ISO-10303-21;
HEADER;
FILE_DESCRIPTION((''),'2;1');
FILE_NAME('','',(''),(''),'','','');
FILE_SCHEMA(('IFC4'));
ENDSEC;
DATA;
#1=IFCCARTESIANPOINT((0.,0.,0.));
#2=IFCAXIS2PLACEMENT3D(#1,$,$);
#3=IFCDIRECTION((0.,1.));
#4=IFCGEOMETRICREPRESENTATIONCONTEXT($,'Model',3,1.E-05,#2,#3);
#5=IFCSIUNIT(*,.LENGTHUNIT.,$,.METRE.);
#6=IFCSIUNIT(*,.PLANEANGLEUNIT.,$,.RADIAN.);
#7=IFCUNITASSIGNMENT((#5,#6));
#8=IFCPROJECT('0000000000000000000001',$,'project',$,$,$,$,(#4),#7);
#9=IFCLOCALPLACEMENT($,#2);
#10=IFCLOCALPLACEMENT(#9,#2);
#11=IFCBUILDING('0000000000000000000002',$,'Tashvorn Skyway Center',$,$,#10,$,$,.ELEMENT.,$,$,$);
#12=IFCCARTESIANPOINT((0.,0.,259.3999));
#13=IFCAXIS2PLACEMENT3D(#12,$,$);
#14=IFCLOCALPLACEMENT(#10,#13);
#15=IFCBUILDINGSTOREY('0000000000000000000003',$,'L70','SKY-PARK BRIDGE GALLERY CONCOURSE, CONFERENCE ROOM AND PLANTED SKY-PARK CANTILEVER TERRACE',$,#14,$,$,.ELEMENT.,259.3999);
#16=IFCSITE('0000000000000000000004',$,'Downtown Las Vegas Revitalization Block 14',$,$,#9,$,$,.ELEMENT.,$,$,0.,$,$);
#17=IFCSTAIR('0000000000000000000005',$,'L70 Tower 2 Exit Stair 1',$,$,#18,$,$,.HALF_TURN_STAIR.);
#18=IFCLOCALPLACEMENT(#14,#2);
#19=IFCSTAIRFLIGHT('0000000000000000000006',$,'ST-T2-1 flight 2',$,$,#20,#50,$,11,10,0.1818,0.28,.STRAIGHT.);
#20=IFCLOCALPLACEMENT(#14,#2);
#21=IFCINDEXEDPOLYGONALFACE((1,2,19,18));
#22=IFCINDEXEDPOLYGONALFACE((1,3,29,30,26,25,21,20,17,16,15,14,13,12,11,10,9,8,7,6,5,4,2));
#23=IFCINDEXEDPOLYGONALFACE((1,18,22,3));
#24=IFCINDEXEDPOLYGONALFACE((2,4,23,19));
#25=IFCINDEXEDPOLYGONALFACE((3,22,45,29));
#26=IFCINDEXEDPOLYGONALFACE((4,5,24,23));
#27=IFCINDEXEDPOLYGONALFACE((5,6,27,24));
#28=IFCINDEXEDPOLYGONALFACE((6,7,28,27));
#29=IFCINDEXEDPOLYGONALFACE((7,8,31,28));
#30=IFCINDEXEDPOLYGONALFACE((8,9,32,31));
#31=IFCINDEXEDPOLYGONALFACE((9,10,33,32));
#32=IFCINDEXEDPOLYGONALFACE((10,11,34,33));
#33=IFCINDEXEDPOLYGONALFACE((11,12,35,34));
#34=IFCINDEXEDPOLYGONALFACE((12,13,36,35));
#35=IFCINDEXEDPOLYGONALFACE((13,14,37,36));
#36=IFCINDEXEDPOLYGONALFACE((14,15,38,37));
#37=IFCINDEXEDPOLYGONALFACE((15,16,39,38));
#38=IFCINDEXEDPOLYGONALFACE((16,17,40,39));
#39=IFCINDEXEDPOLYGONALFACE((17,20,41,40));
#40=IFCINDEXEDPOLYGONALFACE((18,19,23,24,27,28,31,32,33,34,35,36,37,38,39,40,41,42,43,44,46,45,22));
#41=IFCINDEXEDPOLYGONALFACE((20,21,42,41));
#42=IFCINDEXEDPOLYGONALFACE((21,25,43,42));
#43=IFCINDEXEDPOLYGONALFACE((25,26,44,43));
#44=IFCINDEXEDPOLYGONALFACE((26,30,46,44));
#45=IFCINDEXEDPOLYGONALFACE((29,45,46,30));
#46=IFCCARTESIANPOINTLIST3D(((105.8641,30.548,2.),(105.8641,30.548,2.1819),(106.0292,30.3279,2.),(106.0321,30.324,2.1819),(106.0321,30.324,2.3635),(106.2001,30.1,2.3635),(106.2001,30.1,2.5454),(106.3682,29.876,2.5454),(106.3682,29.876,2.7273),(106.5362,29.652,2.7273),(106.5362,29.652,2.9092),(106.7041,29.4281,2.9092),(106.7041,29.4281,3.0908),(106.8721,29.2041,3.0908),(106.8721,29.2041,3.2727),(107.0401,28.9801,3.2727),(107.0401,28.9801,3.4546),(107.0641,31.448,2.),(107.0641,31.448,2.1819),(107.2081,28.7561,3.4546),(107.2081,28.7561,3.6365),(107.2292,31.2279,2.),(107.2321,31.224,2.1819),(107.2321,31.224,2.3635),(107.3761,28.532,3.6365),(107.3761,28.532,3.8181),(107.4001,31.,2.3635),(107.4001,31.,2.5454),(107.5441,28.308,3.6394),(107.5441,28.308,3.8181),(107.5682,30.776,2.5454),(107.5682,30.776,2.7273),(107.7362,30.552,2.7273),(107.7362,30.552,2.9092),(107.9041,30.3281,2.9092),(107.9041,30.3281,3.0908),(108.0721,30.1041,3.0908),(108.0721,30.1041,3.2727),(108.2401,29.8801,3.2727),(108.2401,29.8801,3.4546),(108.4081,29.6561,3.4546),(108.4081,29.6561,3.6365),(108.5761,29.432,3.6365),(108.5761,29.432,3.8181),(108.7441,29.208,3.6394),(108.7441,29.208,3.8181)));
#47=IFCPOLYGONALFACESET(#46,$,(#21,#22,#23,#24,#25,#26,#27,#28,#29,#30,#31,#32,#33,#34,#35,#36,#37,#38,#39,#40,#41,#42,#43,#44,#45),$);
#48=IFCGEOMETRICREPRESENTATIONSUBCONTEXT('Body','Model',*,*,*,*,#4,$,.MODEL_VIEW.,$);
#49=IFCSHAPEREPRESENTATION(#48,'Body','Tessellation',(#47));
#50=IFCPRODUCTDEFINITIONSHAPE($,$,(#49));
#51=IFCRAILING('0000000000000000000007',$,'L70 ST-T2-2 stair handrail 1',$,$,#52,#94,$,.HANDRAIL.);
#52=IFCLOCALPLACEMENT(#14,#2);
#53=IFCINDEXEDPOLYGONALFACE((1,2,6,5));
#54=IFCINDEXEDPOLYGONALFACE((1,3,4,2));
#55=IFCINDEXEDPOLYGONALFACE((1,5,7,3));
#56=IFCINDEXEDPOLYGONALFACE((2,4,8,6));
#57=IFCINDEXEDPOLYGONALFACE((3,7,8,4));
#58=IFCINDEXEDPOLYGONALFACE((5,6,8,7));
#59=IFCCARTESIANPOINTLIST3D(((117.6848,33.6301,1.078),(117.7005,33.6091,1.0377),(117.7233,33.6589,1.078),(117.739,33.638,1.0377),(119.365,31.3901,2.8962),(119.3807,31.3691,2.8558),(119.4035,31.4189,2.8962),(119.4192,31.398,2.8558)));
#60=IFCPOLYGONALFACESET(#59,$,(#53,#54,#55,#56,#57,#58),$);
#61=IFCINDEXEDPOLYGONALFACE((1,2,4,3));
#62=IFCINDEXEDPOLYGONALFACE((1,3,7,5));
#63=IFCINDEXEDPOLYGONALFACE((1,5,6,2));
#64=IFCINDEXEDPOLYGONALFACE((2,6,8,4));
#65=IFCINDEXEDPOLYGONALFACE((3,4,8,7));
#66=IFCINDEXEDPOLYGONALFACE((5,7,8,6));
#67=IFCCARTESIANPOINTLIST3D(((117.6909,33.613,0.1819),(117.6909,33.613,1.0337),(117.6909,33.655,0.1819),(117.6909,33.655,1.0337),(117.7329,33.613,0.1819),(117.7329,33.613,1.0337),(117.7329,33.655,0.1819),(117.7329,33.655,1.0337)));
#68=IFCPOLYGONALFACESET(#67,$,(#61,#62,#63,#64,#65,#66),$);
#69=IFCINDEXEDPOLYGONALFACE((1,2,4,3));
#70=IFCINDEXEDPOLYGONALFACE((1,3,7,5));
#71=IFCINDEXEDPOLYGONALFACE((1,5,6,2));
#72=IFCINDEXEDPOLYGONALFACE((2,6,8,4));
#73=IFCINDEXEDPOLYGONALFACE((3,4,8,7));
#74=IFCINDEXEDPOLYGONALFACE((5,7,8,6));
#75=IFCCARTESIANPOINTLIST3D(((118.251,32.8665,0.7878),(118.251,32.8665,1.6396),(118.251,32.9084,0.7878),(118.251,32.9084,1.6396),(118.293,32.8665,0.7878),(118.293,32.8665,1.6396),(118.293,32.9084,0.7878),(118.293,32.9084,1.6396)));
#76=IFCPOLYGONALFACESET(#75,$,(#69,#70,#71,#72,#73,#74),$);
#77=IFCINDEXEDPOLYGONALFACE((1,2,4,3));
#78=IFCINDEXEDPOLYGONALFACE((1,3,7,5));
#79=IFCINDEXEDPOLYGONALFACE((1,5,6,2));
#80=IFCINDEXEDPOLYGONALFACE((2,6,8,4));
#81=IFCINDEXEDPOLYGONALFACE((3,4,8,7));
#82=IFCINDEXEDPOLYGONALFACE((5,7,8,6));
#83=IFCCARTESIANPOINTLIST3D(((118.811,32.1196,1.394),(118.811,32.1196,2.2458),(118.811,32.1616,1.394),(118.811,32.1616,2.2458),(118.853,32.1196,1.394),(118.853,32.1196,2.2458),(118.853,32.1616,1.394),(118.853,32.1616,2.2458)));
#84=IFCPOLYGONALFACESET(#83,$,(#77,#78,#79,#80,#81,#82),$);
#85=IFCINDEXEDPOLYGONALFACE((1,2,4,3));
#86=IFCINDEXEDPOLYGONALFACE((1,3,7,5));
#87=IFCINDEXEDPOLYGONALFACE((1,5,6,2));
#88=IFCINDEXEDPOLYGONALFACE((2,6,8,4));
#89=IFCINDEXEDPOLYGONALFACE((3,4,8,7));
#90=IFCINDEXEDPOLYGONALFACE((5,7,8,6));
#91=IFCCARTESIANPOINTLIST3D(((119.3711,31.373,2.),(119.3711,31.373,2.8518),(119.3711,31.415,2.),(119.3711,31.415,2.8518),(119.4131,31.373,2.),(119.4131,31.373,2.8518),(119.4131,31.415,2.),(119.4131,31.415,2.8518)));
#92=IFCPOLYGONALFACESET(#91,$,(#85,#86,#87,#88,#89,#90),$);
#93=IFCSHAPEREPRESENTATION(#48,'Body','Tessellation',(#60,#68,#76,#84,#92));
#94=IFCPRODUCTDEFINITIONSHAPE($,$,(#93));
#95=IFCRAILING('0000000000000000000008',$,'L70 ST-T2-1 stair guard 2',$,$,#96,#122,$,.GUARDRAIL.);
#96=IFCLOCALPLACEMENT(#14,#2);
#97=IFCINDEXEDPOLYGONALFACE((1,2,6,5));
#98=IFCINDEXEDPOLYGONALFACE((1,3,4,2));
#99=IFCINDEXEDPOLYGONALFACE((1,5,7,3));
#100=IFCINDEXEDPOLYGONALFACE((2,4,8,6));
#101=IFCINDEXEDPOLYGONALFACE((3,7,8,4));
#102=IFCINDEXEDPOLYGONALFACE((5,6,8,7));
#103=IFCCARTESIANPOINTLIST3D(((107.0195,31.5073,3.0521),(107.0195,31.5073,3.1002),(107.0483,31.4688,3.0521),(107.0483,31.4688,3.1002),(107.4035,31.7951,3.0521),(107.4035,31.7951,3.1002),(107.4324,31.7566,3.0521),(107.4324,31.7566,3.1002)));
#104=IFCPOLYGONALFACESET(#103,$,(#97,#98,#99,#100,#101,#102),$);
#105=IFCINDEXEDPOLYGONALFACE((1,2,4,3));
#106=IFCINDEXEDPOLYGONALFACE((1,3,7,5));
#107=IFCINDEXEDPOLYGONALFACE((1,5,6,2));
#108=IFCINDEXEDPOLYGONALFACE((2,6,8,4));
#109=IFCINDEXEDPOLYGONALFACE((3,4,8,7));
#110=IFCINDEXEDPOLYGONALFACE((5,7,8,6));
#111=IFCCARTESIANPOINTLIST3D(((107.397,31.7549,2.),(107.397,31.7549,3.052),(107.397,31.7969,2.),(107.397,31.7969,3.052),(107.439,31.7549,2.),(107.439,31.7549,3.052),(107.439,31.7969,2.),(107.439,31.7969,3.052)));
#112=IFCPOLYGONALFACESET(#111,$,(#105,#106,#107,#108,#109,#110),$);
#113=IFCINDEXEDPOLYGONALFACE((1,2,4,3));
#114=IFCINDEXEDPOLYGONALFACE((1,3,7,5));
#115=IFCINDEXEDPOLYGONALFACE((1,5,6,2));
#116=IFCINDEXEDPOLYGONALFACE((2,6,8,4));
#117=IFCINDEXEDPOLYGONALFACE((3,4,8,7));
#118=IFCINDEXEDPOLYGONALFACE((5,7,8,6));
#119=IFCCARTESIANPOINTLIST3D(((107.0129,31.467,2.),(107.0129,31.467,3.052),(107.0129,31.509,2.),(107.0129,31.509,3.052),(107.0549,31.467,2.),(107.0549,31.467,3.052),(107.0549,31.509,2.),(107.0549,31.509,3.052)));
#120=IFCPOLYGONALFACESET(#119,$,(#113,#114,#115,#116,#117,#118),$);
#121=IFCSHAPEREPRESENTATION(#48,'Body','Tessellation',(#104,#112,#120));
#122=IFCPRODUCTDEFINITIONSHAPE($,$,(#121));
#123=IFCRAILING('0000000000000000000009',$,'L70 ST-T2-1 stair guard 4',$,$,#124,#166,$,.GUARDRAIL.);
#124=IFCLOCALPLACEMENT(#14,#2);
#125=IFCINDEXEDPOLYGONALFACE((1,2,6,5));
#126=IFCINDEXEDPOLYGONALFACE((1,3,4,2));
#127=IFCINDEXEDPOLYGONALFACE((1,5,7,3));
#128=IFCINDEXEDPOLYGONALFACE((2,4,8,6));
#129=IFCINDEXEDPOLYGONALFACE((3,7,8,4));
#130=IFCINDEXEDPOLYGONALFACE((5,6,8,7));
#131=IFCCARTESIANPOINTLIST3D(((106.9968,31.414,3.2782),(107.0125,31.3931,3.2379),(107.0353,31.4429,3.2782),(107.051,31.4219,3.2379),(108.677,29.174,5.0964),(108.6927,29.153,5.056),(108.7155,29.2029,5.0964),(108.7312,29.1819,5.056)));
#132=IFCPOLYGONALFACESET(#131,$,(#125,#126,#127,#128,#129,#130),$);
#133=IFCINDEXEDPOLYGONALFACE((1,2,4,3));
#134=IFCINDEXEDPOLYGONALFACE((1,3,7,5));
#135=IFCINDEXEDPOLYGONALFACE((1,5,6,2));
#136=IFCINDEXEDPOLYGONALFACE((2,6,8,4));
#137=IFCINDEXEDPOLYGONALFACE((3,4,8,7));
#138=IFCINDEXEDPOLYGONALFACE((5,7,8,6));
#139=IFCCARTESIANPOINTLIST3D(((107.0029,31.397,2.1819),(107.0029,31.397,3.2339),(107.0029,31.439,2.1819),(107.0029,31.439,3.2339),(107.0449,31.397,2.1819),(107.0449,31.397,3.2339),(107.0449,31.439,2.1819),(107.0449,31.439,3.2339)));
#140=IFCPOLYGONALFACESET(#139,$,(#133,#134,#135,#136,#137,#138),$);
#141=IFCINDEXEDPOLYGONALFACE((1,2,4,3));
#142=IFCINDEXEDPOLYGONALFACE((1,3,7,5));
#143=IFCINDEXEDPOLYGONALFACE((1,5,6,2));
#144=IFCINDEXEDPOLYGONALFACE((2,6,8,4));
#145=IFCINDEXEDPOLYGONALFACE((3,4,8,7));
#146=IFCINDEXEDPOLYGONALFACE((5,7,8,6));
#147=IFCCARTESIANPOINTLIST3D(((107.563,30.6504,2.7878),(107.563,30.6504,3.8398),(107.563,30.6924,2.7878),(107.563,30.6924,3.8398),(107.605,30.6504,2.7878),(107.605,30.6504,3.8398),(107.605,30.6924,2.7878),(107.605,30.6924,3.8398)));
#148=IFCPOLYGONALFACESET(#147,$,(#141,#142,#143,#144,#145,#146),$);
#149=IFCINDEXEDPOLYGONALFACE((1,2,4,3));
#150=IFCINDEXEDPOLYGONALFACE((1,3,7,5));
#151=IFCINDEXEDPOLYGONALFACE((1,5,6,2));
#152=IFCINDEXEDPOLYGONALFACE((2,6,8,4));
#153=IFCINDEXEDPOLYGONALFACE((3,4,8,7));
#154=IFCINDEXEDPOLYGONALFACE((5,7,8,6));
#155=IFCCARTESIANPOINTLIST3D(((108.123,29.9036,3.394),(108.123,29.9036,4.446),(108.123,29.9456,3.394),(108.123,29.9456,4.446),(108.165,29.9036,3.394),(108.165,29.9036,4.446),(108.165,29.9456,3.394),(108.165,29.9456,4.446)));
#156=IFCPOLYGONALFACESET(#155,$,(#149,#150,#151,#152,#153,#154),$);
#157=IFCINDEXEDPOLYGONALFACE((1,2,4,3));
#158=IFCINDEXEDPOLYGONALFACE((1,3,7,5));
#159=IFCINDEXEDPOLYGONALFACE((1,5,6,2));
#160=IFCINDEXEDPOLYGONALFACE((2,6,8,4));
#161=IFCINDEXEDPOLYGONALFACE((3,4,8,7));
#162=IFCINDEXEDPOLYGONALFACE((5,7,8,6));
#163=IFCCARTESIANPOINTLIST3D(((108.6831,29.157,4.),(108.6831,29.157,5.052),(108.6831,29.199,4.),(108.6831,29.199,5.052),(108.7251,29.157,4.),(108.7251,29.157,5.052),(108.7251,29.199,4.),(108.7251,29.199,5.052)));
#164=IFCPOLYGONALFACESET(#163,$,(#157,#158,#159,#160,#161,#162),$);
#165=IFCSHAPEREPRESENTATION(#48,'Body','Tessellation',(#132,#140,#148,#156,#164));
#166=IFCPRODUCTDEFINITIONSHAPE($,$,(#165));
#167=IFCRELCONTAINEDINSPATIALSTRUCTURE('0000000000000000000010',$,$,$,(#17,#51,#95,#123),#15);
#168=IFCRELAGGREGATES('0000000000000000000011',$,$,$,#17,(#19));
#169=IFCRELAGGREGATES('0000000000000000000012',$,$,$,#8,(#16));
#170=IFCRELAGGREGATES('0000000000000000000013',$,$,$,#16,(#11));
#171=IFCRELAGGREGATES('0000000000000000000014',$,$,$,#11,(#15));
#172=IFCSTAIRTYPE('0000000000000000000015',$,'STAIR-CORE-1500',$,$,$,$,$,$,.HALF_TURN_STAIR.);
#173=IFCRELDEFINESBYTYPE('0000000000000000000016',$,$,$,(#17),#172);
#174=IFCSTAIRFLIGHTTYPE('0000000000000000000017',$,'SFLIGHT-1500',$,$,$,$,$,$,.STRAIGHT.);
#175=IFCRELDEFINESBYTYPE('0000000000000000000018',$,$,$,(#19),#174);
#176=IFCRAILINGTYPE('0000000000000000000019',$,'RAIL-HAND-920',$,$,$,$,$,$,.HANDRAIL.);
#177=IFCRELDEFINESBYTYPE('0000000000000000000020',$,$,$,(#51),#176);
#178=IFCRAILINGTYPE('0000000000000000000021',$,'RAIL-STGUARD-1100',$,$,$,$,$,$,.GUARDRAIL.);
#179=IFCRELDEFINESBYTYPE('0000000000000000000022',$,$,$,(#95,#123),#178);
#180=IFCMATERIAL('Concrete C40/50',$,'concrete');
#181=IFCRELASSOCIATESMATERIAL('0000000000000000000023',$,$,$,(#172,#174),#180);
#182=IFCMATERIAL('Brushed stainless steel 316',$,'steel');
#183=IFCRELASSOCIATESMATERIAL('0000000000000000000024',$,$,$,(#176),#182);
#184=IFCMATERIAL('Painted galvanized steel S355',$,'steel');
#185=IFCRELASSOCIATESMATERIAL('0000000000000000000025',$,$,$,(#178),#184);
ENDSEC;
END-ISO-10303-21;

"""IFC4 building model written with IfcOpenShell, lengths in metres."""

from ifc_helpers import new_model, si_unit, direction, frame, origin, origin_2d, place, context, subcontext, project, spatial, polyline, rectangle, outline, extrude, material, type_object, element, aggregate, save


model = new_model("IFC4")

# Units and contexts
model_context = context("Model", 3, precision=1e-05, world=origin(), true_north=direction((0.0, 1.0)))
body_context = subcontext(model_context, "Body", "Model", "MODEL_VIEW")
ifc_project = project(units=[si_unit("LENGTHUNIT", "METRE"), si_unit("PLANEANGLEUNIT", "RADIAN")], contexts=[model_context])

# Site, building, storey
site_placement = place(None, origin())
site = spatial("IfcSite", under=ifc_project, at=site_placement, Name="Downtown Las Vegas Revitalization Block 14", CompositionType="ELEMENT", RefElevation=0.0)
building_placement = place(site_placement, origin())
building = spatial("IfcBuilding", under=site, at=building_placement, Name="Tashvorn Skyway Center", CompositionType="ELEMENT")
storey_placement = place(building_placement, frame((0.0, 0.0, 259.3999)))
storey = spatial("IfcBuildingStorey", under=building, at=storey_placement, Name="L70", Description="SKY-PARK BRIDGE GALLERY CONCOURSE, CONFERENCE ROOM AND PLANTED SKY-PARK CANTILEVER TERRACE", CompositionType="ELEMENT", Elevation=259.3999)

# Shared definitions
ifc_material_1 = material(Name="Concrete C40/50", Category="concrete")

# Stair, stair flight
stair_type = type_object("IfcStairType", Name="STAIR-CORE-1500", PredefinedType="HALF_TURN_STAIR", material=ifc_material_1)
stair_placement = place(storey_placement, origin())
stair = element("IfcStair", 1, at=stair_placement, inside=storey, type_object=stair_type, Name="L70 Tower 2 Exit Stair 1", PredefinedType="HALF_TURN_STAIR")
stair_flight_type = type_object("IfcStairFlightType", Name="SFLIGHT-1500", PredefinedType="STRAIGHT", material=ifc_material_1)
stair_flight_placement = place(storey_placement, frame((106.4641, 30.998, 2.0), z_axis=(0.0, 0.0, 1.0), x_axis=(0.6, -0.8, 0.0)))
stair_flight = element("IfcStairFlight", 2, at=stair_flight_placement, type_object=stair_flight_type, Name="ST-T2-1 flight 2", NumberOfRisers=11, NumberOfTreads=10, PredefinedType="STRAIGHT", RiserHeight=0.1818, TreadLength=0.28, context=body_context, shape_type="SweptSolid", body=[
    extrude(outline(polyline([(0.0, 0.0), (0.0, 0.1819), (0.28, 0.1819), (0.28, 0.3635), (0.5601, 0.3635), (0.5601, 0.5454), (0.8401, 0.5454), (0.8401, 0.7273), (1.1201, 0.7273), (1.1201, 0.9092), (1.3999, 0.9092), (1.3999, 1.0908), (1.6799, 1.0908), (1.6799, 1.2727), (1.96, 1.2727), (1.96, 1.4546), (2.24, 1.4546), (2.24, 1.6365), (2.52, 1.6365), (2.52, 1.8181), (2.8, 1.8181), (2.8, 2.0), (2.8, 1.6394), (0.2751, 0.0), (0.0, 0.0)])), frame((0.0, 0.75, 0.0), z_axis=(0.0, -1.0, 0.0), x_axis=(1.0, 0.0, 0.0)), (0.0, 0.0, 1.0), 1.5),
])
aggregate(stair, [stair_flight])

# Railings
ifc_material_2 = material(Name="Brushed stainless steel 316", Category="steel")
railing_type_1 = type_object("IfcRailingType", Name="RAIL-HAND-920", PredefinedType="HANDRAIL", material=ifc_material_2)
railing_1_placement = place(storey_placement, frame((117.7119, 33.634, 0.1819)))
element("IfcRailing", 3, at=railing_1_placement, inside=storey, type_object=railing_type_1, Name="L70 ST-T2-2 stair handrail 1", PredefinedType="HANDRAIL", context=body_context, shape_type="SweptSolid", body=[
    extrude(rectangle(XDim=0.0481, YDim=0.0481, at=origin_2d()), frame((0.0, 0.0, 0.876), z_axis=(0.503261, -0.670942, 0.544578), x_axis=(0.799969, 0.600042, 0.0)), (0.0, 0.0, 1.0), 3.3386),
    extrude(rectangle(XDim=0.042, YDim=0.042, at=origin_2d()), origin(), (0.0, 0.0, 1.0), 0.8518),
    extrude(rectangle(XDim=0.042, YDim=0.042, at=origin_2d()), frame((0.5601, -0.7466, 0.606)), (0.0, 0.0, 1.0), 0.8518),
    extrude(rectangle(XDim=0.042, YDim=0.042, at=origin_2d()), frame((1.1201, -1.4934, 1.2122)), (0.0, 0.0, 1.0), 0.8518),
    extrude(rectangle(XDim=0.042, YDim=0.042, at=origin_2d()), frame((1.6802, -2.24, 1.8181)), (0.0, 0.0, 1.0), 0.8518),
])
ifc_material_3 = material(Name="Painted galvanized steel S355", Category="steel")
railing_type_2 = type_object("IfcRailingType", Name="RAIL-STGUARD-1100", PredefinedType="GUARDRAIL", material=ifc_material_3)
railing_2_placement = place(storey_placement, frame((107.418, 31.7759, 2.0)))
element("IfcRailing", 4, at=railing_2_placement, inside=storey, type_object=railing_type_2, Name="L70 ST-T2-1 stair guard 2", PredefinedType="GUARDRAIL", context=body_context, shape_type="SweptSolid", body=[
    extrude(rectangle(XDim=0.0481, YDim=0.0481, at=origin_2d()), frame((0.0, 0.0, 1.0762), z_axis=(-0.800183, -0.599756, 0.0), x_axis=(0.599756, -0.800183, 0.0)), (0.0, 0.0, 1.0), 0.48),
    extrude(rectangle(XDim=0.042, YDim=0.042, at=origin_2d()), origin(), (0.0, 0.0, 1.0), 1.052),
    extrude(rectangle(XDim=0.042, YDim=0.042, at=origin_2d()), frame((-0.384, -0.2878, 0.0)), (0.0, 0.0, 1.0), 1.052),
])
railing_3_placement = place(storey_placement, frame((107.0239, 31.418, 2.1819)))
element("IfcRailing", 5, at=railing_3_placement, inside=storey, type_object=railing_type_2, Name="L70 ST-T2-1 stair guard 4", PredefinedType="GUARDRAIL", context=body_context, shape_type="SweptSolid", body=[
    extrude(rectangle(XDim=0.0481, YDim=0.0481, at=origin_2d()), frame((0.0, 0.0, 1.0762), z_axis=(0.503261, -0.670942, 0.544578), x_axis=(0.799969, 0.600042, 0.0)), (0.0, 0.0, 1.0), 3.3386),
    extrude(rectangle(XDim=0.042, YDim=0.042, at=origin_2d()), origin(), (0.0, 0.0, 1.0), 1.052),
    extrude(rectangle(XDim=0.042, YDim=0.042, at=origin_2d()), frame((0.5601, -0.7466, 0.606)), (0.0, 0.0, 1.0), 1.052),
    extrude(rectangle(XDim=0.042, YDim=0.042, at=origin_2d()), frame((1.1201, -1.4934, 1.2122)), (0.0, 0.0, 1.0), 1.052),
    extrude(rectangle(XDim=0.042, YDim=0.042, at=origin_2d()), frame((1.6802, -2.24, 1.8181)), (0.0, 0.0, 1.0), 1.052),
])

save(model, "model.ifc")
